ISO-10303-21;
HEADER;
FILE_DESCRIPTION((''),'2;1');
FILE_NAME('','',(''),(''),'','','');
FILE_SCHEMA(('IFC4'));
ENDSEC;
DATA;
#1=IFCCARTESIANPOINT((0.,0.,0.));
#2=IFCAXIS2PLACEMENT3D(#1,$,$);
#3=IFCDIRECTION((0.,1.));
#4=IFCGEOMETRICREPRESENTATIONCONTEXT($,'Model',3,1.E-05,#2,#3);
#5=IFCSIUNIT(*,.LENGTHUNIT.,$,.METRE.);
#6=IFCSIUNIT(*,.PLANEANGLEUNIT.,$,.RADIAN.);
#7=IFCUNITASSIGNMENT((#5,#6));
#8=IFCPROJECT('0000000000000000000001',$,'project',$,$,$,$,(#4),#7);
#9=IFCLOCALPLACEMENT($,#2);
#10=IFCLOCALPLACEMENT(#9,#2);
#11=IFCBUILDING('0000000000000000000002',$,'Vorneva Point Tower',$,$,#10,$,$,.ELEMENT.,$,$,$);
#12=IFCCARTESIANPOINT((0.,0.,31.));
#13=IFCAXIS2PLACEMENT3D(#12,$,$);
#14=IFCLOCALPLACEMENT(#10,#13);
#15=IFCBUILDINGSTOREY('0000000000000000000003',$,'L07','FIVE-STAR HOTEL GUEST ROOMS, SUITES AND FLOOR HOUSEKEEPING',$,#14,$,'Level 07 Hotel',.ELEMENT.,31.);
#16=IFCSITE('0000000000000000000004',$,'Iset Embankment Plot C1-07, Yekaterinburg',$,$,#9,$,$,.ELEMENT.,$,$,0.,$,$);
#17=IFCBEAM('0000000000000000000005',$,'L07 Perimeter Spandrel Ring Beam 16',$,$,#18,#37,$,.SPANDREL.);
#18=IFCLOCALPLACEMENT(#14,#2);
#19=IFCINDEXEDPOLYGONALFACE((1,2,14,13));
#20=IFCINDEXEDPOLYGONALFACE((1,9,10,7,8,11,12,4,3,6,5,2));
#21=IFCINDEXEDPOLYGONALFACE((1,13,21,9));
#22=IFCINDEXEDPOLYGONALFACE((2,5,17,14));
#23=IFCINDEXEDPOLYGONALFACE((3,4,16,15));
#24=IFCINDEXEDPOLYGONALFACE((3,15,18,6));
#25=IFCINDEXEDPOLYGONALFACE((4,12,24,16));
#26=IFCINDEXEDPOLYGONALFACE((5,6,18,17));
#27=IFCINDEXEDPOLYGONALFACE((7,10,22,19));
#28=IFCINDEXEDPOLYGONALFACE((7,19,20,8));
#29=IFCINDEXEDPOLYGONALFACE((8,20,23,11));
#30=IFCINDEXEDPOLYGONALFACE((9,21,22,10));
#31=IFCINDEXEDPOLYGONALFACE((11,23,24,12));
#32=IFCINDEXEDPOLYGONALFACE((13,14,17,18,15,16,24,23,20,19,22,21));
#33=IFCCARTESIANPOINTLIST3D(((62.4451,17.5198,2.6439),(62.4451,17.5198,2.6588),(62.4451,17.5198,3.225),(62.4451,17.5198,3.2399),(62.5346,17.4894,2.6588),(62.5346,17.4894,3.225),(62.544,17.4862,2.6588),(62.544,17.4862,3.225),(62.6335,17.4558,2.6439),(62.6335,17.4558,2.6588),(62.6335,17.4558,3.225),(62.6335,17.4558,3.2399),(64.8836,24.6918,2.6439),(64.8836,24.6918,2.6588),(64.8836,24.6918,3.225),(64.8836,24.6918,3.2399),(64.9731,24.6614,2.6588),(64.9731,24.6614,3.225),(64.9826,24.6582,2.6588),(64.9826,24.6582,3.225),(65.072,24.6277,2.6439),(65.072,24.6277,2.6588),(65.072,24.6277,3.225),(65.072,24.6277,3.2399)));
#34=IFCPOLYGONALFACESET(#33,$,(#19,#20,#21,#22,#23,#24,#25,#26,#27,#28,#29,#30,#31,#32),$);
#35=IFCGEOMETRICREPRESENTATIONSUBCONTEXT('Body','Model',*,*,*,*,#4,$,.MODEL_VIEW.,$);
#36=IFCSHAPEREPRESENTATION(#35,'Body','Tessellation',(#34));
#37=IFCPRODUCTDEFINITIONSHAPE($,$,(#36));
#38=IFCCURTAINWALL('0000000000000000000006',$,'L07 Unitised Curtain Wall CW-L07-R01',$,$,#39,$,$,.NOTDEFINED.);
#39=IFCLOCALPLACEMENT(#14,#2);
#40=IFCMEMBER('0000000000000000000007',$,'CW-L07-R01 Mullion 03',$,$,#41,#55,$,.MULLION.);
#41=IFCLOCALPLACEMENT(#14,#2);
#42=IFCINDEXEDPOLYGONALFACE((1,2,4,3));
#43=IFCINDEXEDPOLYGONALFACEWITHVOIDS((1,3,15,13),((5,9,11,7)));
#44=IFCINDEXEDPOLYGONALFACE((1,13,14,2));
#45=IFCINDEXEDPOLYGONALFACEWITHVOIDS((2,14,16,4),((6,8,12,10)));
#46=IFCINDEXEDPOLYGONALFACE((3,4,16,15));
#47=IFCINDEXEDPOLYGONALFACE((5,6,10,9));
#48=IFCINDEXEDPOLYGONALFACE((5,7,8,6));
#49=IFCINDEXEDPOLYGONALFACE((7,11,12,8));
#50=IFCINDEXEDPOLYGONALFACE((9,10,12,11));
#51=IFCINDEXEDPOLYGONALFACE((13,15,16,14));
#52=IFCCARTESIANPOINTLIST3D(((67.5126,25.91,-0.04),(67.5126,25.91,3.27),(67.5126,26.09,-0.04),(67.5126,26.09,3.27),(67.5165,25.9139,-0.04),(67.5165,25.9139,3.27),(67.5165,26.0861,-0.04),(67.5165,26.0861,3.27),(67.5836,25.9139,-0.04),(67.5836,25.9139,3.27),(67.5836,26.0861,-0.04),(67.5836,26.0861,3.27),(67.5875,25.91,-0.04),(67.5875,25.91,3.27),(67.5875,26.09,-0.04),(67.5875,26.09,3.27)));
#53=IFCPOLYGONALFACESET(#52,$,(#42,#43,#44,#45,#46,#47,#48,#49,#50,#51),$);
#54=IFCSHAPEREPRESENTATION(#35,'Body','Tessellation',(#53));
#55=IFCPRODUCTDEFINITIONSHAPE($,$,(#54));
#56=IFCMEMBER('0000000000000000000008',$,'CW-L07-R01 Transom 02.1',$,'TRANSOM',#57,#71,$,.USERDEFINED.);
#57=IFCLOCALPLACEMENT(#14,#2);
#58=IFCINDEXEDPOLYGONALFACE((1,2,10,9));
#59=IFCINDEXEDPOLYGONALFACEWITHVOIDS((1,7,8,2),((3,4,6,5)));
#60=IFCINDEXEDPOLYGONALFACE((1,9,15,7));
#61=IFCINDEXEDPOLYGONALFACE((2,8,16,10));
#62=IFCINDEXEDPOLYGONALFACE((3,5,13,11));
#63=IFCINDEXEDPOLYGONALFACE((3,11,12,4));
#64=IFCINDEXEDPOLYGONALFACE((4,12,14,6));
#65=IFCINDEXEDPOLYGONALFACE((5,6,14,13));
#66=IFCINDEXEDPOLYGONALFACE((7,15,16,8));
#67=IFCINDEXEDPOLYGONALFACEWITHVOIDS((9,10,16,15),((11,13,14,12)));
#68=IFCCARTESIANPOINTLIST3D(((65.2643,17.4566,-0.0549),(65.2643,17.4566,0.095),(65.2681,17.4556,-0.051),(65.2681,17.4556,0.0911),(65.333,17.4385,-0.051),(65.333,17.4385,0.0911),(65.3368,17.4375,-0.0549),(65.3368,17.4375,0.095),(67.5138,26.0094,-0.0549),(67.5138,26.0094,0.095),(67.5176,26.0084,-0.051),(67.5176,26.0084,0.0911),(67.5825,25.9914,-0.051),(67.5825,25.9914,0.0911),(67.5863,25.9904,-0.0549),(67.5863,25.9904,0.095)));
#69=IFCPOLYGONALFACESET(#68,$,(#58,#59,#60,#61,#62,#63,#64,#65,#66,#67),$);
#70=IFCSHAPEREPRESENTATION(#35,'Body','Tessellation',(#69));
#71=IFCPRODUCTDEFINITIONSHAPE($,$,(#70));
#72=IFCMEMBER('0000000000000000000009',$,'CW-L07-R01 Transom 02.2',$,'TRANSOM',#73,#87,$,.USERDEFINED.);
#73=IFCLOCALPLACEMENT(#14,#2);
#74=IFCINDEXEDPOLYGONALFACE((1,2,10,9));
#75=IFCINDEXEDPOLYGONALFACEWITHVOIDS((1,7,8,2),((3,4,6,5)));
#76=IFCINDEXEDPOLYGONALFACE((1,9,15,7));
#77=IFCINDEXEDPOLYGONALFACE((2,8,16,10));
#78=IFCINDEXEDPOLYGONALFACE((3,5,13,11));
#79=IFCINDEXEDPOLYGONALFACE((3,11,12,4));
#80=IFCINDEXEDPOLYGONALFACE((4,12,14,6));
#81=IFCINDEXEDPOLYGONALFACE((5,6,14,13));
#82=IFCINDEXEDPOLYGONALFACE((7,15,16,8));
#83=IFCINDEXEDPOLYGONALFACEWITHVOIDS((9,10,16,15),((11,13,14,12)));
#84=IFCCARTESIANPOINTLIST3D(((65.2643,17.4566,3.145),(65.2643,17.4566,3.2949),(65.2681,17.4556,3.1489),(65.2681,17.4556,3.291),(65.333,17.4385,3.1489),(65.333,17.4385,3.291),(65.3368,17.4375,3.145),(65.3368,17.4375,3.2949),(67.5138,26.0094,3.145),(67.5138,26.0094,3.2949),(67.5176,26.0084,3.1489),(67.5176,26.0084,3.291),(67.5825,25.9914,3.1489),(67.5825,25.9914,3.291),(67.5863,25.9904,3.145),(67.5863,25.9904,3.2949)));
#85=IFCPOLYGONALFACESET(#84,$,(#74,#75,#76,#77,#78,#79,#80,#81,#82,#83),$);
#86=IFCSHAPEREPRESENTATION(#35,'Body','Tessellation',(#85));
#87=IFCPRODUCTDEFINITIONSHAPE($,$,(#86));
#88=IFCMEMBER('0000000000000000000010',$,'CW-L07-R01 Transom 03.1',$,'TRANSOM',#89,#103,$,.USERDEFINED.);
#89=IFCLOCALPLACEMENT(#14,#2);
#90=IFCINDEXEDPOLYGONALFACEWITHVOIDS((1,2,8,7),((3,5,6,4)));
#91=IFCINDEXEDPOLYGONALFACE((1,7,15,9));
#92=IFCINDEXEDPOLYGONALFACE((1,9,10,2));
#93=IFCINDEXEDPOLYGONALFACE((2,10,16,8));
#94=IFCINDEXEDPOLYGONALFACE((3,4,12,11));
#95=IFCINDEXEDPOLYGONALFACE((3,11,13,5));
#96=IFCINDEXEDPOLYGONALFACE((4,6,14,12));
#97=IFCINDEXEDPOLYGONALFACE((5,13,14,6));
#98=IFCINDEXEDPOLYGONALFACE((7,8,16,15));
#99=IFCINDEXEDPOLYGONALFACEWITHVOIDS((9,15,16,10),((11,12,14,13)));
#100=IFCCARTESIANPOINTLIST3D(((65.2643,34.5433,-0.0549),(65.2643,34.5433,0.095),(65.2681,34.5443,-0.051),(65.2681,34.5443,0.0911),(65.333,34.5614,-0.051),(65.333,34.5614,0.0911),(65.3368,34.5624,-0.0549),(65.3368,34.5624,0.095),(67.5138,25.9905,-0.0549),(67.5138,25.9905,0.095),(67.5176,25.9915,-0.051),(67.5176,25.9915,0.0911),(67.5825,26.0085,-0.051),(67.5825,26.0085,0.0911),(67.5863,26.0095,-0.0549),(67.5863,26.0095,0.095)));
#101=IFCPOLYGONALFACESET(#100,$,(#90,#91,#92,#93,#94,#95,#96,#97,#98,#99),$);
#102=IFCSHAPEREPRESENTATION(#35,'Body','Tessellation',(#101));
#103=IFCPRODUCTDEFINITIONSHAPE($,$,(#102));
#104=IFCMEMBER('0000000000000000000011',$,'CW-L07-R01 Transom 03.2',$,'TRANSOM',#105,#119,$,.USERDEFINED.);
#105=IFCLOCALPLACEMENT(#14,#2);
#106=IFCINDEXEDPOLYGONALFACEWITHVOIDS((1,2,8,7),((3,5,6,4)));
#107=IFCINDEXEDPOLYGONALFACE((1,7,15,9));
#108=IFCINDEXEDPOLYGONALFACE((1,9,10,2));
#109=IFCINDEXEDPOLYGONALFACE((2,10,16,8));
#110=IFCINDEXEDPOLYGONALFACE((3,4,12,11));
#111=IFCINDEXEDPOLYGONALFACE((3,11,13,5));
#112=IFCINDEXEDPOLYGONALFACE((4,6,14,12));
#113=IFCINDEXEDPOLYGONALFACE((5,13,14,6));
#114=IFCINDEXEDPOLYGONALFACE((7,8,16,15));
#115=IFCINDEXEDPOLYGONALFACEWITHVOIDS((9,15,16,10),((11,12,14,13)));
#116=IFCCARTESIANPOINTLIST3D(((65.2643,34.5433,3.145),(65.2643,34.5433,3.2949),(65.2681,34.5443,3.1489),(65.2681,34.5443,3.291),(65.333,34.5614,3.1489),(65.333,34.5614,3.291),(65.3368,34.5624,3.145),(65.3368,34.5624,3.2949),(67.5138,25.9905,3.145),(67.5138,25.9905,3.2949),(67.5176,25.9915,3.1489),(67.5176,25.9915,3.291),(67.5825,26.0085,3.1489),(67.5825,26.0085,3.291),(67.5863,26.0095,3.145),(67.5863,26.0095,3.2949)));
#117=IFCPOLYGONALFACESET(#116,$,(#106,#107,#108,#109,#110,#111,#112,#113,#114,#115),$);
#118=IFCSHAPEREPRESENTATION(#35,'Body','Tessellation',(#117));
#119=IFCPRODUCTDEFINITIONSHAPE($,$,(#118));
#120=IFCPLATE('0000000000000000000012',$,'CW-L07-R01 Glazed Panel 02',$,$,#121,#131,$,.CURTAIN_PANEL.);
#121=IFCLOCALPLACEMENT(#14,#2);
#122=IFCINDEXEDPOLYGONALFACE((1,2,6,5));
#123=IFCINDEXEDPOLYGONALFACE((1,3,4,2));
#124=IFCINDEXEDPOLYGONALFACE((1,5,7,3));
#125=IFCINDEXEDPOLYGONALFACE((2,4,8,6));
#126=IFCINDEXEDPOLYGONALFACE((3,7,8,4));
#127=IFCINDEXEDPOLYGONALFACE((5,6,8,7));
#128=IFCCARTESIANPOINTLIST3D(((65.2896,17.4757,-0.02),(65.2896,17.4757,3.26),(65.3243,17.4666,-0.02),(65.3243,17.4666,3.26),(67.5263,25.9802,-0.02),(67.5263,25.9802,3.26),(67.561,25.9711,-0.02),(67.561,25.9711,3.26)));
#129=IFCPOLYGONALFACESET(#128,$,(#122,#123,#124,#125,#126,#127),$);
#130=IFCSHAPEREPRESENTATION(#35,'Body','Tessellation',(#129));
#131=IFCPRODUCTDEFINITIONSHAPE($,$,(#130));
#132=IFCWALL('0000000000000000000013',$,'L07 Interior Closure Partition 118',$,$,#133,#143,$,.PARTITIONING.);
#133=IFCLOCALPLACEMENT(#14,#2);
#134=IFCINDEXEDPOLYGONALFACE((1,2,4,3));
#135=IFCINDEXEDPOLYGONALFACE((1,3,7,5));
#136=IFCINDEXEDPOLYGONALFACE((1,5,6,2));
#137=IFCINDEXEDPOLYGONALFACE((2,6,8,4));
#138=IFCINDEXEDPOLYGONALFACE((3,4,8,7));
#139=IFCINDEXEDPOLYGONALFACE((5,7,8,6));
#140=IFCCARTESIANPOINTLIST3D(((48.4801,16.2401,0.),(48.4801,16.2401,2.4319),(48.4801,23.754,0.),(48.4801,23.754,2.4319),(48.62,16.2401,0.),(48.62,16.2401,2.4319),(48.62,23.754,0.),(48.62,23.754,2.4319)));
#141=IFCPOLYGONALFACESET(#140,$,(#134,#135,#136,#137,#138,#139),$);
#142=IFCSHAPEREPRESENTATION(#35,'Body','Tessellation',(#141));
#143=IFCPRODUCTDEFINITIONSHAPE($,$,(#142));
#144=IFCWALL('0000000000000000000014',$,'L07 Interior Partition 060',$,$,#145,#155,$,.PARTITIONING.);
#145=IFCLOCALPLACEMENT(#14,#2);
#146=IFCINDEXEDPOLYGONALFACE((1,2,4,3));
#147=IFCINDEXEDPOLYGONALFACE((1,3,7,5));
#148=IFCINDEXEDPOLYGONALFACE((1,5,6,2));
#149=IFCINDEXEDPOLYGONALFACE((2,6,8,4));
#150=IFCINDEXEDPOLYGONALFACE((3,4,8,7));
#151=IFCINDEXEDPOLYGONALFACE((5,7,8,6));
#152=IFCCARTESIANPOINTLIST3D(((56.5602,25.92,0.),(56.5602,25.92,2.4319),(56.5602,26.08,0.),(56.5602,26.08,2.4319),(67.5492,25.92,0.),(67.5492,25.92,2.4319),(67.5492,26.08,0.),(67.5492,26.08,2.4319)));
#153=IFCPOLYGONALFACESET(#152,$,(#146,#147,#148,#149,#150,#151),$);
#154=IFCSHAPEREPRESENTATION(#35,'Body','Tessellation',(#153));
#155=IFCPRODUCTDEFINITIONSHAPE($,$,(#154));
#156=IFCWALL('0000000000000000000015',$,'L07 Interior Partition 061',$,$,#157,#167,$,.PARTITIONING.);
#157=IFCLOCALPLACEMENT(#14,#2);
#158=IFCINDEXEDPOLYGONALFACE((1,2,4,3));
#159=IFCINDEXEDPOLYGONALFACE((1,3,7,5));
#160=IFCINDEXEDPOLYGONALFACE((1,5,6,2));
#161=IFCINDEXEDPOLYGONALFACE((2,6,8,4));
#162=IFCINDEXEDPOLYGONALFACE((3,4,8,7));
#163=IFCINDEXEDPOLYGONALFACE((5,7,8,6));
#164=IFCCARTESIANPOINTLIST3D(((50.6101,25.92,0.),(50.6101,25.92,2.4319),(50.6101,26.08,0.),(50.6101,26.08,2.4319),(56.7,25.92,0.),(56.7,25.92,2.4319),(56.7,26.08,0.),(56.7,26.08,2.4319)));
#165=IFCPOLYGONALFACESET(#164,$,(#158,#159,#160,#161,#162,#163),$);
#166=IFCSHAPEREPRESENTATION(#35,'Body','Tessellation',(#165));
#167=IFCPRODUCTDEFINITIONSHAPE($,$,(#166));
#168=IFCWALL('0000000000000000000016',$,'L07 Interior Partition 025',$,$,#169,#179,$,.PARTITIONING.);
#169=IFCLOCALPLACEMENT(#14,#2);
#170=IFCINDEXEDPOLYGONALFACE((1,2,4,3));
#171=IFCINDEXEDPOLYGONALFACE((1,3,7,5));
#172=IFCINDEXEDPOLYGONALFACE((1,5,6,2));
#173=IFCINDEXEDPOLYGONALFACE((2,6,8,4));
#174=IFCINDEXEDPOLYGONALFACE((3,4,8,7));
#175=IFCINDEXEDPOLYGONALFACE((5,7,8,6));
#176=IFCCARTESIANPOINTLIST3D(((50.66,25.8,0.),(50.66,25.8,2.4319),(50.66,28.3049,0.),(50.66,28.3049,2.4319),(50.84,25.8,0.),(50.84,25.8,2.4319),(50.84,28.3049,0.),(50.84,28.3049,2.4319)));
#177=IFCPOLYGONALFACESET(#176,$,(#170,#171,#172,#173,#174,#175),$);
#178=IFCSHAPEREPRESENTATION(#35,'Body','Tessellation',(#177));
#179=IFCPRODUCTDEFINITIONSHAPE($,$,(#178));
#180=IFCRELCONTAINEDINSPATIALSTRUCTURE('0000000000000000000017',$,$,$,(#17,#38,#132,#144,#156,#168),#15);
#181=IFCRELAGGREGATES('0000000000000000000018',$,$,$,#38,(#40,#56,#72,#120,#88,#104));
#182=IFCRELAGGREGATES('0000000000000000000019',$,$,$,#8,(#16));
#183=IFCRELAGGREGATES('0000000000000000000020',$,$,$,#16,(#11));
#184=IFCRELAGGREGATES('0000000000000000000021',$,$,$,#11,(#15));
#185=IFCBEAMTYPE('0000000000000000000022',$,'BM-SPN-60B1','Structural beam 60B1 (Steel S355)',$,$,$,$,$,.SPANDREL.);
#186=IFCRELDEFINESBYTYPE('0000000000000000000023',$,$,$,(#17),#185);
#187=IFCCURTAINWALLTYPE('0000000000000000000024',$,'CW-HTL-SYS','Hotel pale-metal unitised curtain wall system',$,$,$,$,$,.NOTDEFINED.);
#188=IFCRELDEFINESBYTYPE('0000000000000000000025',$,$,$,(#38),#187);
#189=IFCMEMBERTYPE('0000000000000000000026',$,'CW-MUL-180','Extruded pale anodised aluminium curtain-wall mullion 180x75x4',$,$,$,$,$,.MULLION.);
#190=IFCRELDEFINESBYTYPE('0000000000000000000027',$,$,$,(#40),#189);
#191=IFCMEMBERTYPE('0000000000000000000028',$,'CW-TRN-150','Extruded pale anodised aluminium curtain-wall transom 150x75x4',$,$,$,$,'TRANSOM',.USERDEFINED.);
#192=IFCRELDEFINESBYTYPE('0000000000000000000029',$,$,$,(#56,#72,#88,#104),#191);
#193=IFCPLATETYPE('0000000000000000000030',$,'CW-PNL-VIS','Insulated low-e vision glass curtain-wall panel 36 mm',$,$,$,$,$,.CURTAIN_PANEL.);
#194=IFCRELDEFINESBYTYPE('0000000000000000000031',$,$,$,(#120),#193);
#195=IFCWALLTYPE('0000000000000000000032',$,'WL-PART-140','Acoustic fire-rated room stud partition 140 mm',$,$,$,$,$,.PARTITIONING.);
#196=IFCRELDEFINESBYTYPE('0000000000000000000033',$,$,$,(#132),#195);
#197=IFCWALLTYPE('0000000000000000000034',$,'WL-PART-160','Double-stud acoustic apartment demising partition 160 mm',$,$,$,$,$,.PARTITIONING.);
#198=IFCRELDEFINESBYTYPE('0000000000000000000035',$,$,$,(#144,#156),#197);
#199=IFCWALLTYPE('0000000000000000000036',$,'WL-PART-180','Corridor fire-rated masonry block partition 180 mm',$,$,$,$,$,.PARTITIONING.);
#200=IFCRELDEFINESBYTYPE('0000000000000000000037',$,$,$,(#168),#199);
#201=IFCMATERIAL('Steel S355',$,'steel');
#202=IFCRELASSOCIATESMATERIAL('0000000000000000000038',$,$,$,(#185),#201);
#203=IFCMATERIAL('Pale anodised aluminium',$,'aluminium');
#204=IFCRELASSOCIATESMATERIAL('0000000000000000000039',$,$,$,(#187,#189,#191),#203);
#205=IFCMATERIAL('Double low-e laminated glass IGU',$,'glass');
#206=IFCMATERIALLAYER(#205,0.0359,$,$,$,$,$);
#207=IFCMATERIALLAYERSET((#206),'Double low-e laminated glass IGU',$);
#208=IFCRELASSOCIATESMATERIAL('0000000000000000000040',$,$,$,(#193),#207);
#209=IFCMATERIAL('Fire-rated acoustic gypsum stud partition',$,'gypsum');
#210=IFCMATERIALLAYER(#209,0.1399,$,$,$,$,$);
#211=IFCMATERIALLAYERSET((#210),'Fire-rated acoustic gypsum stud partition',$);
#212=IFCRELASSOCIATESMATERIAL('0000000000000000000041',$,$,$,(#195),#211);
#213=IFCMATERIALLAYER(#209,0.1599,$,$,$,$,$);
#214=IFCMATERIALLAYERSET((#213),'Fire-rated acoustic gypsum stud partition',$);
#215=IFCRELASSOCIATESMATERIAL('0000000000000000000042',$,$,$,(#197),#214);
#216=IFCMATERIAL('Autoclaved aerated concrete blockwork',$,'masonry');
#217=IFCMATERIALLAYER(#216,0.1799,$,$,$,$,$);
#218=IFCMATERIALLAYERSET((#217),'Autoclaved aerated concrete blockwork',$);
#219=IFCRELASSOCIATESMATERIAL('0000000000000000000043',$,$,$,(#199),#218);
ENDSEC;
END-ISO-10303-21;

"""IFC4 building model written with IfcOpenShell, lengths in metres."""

from ifc_helpers import new_model, si_unit, direction, frame, frame_2d, origin, origin_2d, place, context, subcontext, project, spatial, rectangle, hollow_rectangle, i_section, extrude, material, layer, layer_set, material_profile, profile_set, type_object, element, aggregate, save


model = new_model("IFC4")

# Units and contexts
model_context = context("Model", 3, precision=1e-05, world=origin(), true_north=direction((0.0, 1.0)))
body_context = subcontext(model_context, "Body", "Model", "MODEL_VIEW")
ifc_project = project(units=[si_unit("LENGTHUNIT", "METRE"), si_unit("PLANEANGLEUNIT", "RADIAN")], contexts=[model_context])

# Site, building, storey
site_placement = place(None, origin())
site = spatial("IfcSite", under=ifc_project, at=site_placement, Name="Iset Embankment Plot C1-07, Yekaterinburg", CompositionType="ELEMENT", RefElevation=0.0)
building_placement = place(site_placement, origin())
building = spatial("IfcBuilding", under=site, at=building_placement, Name="Vorneva Point Tower", CompositionType="ELEMENT")
storey_placement = place(building_placement, frame((0.0, 0.0, 31.0)))
storey = spatial("IfcBuildingStorey", under=building, at=storey_placement, Name="L07", Description="FIVE-STAR HOTEL GUEST ROOMS, SUITES AND FLOOR HOUSEKEEPING", LongName="Level 07 Hotel", CompositionType="ELEMENT", Elevation=31.0)

# Beam
ifc_material_1 = material(Name="Steel S355", Category="steel")
ifc_material_profile_1 = material_profile(ifc_material_1, i_section(OverallWidth=0.199, OverallDepth=0.5959, WebThickness=0.01, FlangeThickness=0.0149, at=origin_2d()), Name="60B1")
ifc_profile_set_1 = profile_set([ifc_material_profile_1], Name="Steel S355")
beam_type_1 = type_object("IfcBeamType", Name="BM-SPN-60B1", Description="Structural beam 60B1 (Steel S355)", PredefinedType="SPANDREL", material=ifc_profile_set_1)
beam_1_placement = place(storey_placement, frame((62.5393, 17.4878, 2.9419), z_axis=(0.321907, 0.946771, 0.0), x_axis=(-0.946771, 0.321907, 0.0)))
element("IfcBeam", 1, at=beam_1_placement, inside=storey, type_object=beam_type_1, Name="L07 Perimeter Spandrel Ring Beam 16", PredefinedType="SPANDREL", context=body_context, shape_type="SweptSolid", body=[
    extrude(i_section(OverallWidth=0.199, OverallDepth=0.5959, WebThickness=0.01, FlangeThickness=0.0149, at=origin_2d()), origin(), (0.0, 0.0, 1.0), 7.5752),
])

# Curtain wall, members, plate
ifc_material_2 = material(Name="Pale anodised aluminium", Category="aluminium")
curtain_wall_type = type_object("IfcCurtainWallType", Name="CW-HTL-SYS", Description="Hotel pale-metal unitised curtain wall system", PredefinedType="NOTDEFINED", material=ifc_material_2)
curtain_wall_placement = place(storey_placement, origin())
curtain_wall = element("IfcCurtainWall", 2, at=curtain_wall_placement, inside=storey, type_object=curtain_wall_type, Name="L07 Unitised Curtain Wall CW-L07-R01", PredefinedType="NOTDEFINED")
ifc_material_profile_2 = material_profile(ifc_material_2, hollow_rectangle(XDim=0.075, YDim=0.1799, WallThickness=0.0039, at=origin_2d()), Name="AL-MUL 180x75x4")
ifc_profile_set_2 = profile_set([ifc_material_profile_2], Name="Pale anodised aluminium")
member_type_1 = type_object("IfcMemberType", Name="CW-MUL-180", Description="Extruded pale anodised aluminium curtain-wall mullion 180x75x4", PredefinedType="MULLION", material=ifc_profile_set_2)
member_1_placement = place(storey_placement, frame((67.55, 26.0, -0.04), z_axis=(0.0, 0.0, 1.0), x_axis=(1.0, 0.0, 0.0)))
member_1 = element("IfcMember", 3, at=member_1_placement, type_object=member_type_1, Name="CW-L07-R01 Mullion 03", PredefinedType="MULLION", context=body_context, shape_type="SweptSolid", body=[
    extrude(hollow_rectangle(XDim=0.075, YDim=0.1799, WallThickness=0.0039, at=origin_2d()), origin(), (0.0, 0.0, 1.0), 3.3101),
])
ifc_material_profile_3 = material_profile(ifc_material_2, hollow_rectangle(XDim=0.075, YDim=0.1499, WallThickness=0.0039, at=origin_2d()), Name="AL-TRN 150x75x4")
ifc_profile_set_3 = profile_set([ifc_material_profile_3], Name="Pale anodised aluminium")
member_type_2 = type_object("IfcMemberType", Name="CW-TRN-150", Description="Extruded pale anodised aluminium curtain-wall transom 150x75x4", ElementType="TRANSOM", PredefinedType="USERDEFINED", material=ifc_profile_set_3)
member_2_placement = place(storey_placement, frame((65.3005, 17.447, 0.02), z_axis=(0.254359, 0.96711, 0.0), x_axis=(-0.96711, 0.254359, 0.0)))
member_2 = element("IfcMember", 4, at=member_2_placement, type_object=member_type_2, Name="CW-L07-R01 Transom 02.1", ObjectType="TRANSOM", PredefinedType="USERDEFINED", context=body_context, shape_type="SweptSolid", body=[
    extrude(hollow_rectangle(XDim=0.075, YDim=0.1499, WallThickness=0.0039, at=origin_2d()), origin(), (0.0, 0.0, 1.0), 8.8438),
])
member_3_placement = place(storey_placement, frame((65.3005, 17.447, 3.22), z_axis=(0.254359, 0.96711, 0.0), x_axis=(-0.96711, 0.254359, 0.0)))
member_3 = element("IfcMember", 5, at=member_3_placement, type_object=member_type_2, Name="CW-L07-R01 Transom 02.2", ObjectType="TRANSOM", PredefinedType="USERDEFINED", context=body_context, shape_type="SweptSolid", body=[
    extrude(hollow_rectangle(XDim=0.075, YDim=0.1499, WallThickness=0.0039, at=origin_2d()), origin(), (0.0, 0.0, 1.0), 8.8438),
])
member_4_placement = place(storey_placement, frame((67.55, 26.0, 0.02), z_axis=(-0.254359, 0.96711, 0.0), x_axis=(-0.96711, -0.254359, 0.0)))
member_4 = element("IfcMember", 6, at=member_4_placement, type_object=member_type_2, Name="CW-L07-R01 Transom 03.1", ObjectType="TRANSOM", PredefinedType="USERDEFINED", context=body_context, shape_type="SweptSolid", body=[
    extrude(hollow_rectangle(XDim=0.075, YDim=0.1499, WallThickness=0.0039, at=origin_2d()), origin(), (0.0, 0.0, 1.0), 8.8438),
])
member_5_placement = place(storey_placement, frame((67.55, 26.0, 3.22), z_axis=(-0.254359, 0.96711, 0.0), x_axis=(-0.96711, -0.254359, 0.0)))
member_5 = element("IfcMember", 7, at=member_5_placement, type_object=member_type_2, Name="CW-L07-R01 Transom 03.2", ObjectType="TRANSOM", PredefinedType="USERDEFINED", context=body_context, shape_type="SweptSolid", body=[
    extrude(hollow_rectangle(XDim=0.075, YDim=0.1499, WallThickness=0.0039, at=origin_2d()), origin(), (0.0, 0.0, 1.0), 8.8438),
])
ifc_material_3 = material(Name="Double low-e laminated glass IGU", Category="glass")
ifc_layer_1 = layer(ifc_material_3, 0.0359)
ifc_layer_set_1 = layer_set([ifc_layer_1], Name="Double low-e laminated glass IGU")
plate_type = type_object("IfcPlateType", Name="CW-PNL-VIS", Description="Insulated low-e vision glass curtain-wall panel 36 mm", PredefinedType="CURTAIN_PANEL", material=ifc_layer_set_1)
plate_placement = place(storey_placement, frame((66.4253, 21.7234, -0.02), z_axis=(0.0, 0.0, 1.0), x_axis=(0.254349, 0.967113, 0.0)))
plate = element("IfcPlate", 8, at=plate_placement, type_object=plate_type, Name="CW-L07-R01 Glazed Panel 02", PredefinedType="CURTAIN_PANEL", context=body_context, shape_type="SweptSolid", body=[
    extrude(rectangle(XDim=8.7937, YDim=0.0359, at=origin_2d()), origin(), (0.0, 0.0, 1.0), 3.28),
])
aggregate(curtain_wall, [member_1, member_2, member_3, plate, member_4, member_5])

# Walls
ifc_material_4 = material(Name="Fire-rated acoustic gypsum stud partition", Category="gypsum")
ifc_layer_2 = layer(ifc_material_4, 0.1399)
ifc_layer_set_2 = layer_set([ifc_layer_2], Name="Fire-rated acoustic gypsum stud partition")
wall_type_1 = type_object("IfcWallType", Name="WL-PART-140", Description="Acoustic fire-rated room stud partition 140 mm", PredefinedType="PARTITIONING", material=ifc_layer_set_2)
wall_1_placement = place(storey_placement, frame((48.55, 23.7539, 0.0), z_axis=(0.0, 0.0, 1.0), x_axis=(0.0, -1.0, 0.0)))
element("IfcWall", 9, at=wall_1_placement, inside=storey, type_object=wall_type_1, Name="L07 Interior Closure Partition 118", PredefinedType="PARTITIONING", context=body_context, shape_type="SweptSolid", body=[
    extrude(rectangle(XDim=7.5139, YDim=0.1399, at=frame_2d((3.7568, 0.0))), origin(), (0.0, 0.0, 1.0), 2.4319),
])
ifc_layer_3 = layer(ifc_material_4, 0.1599)
ifc_layer_set_3 = layer_set([ifc_layer_3], Name="Fire-rated acoustic gypsum stud partition")
wall_type_2 = type_object("IfcWallType", Name="WL-PART-160", Description="Double-stud acoustic apartment demising partition 160 mm", PredefinedType="PARTITIONING", material=ifc_layer_set_3)
wall_2_placement = place(storey_placement, frame((56.5601, 26.0, 0.0), z_axis=(0.0, 0.0, 1.0), x_axis=(1.0, 0.0, 0.0)))
element("IfcWall", 10, at=wall_2_placement, inside=storey, type_object=wall_type_2, Name="L07 Interior Partition 060", PredefinedType="PARTITIONING", context=body_context, shape_type="SweptSolid", body=[
    extrude(rectangle(XDim=10.989, YDim=0.1599, at=frame_2d((5.4946, 0.0))), origin(), (0.0, 0.0, 1.0), 2.4319),
])
wall_3_placement = place(storey_placement, frame((50.6101, 26.0, 0.0), z_axis=(0.0, 0.0, 1.0), x_axis=(1.0, 0.0, 0.0)))
element("IfcWall", 11, at=wall_3_placement, inside=storey, type_object=wall_type_2, Name="L07 Interior Partition 061", PredefinedType="PARTITIONING", context=body_context, shape_type="SweptSolid", body=[
    extrude(rectangle(XDim=6.0898, YDim=0.1599, at=frame_2d((3.0449, 0.0))), origin(), (0.0, 0.0, 1.0), 2.4319),
])

# Shared definitions
ifc_material_5 = material(Name="Autoclaved aerated concrete blockwork", Category="masonry")
ifc_layer_4 = layer(ifc_material_5, 0.1799)
ifc_layer_set_4 = layer_set([ifc_layer_4], Name="Autoclaved aerated concrete blockwork")
wall_type_3 = type_object("IfcWallType", Name="WL-PART-180", Description="Corridor fire-rated masonry block partition 180 mm", PredefinedType="PARTITIONING", material=ifc_layer_set_4)

# Wall
wall_4_placement = place(storey_placement, frame((50.75, 25.8, 0.0), z_axis=(0.0, 0.0, 1.0), x_axis=(0.0, 1.0, 0.0)))
element("IfcWall", 12, at=wall_4_placement, inside=storey, type_object=wall_type_3, Name="L07 Interior Partition 025", PredefinedType="PARTITIONING", context=body_context, shape_type="SweptSolid", body=[
    extrude(rectangle(XDim=2.5049, YDim=0.1799, at=frame_2d((1.2524, 0.0))), origin(), (0.0, 0.0, 1.0), 2.4319),
])

save(model, "model.ifc")
